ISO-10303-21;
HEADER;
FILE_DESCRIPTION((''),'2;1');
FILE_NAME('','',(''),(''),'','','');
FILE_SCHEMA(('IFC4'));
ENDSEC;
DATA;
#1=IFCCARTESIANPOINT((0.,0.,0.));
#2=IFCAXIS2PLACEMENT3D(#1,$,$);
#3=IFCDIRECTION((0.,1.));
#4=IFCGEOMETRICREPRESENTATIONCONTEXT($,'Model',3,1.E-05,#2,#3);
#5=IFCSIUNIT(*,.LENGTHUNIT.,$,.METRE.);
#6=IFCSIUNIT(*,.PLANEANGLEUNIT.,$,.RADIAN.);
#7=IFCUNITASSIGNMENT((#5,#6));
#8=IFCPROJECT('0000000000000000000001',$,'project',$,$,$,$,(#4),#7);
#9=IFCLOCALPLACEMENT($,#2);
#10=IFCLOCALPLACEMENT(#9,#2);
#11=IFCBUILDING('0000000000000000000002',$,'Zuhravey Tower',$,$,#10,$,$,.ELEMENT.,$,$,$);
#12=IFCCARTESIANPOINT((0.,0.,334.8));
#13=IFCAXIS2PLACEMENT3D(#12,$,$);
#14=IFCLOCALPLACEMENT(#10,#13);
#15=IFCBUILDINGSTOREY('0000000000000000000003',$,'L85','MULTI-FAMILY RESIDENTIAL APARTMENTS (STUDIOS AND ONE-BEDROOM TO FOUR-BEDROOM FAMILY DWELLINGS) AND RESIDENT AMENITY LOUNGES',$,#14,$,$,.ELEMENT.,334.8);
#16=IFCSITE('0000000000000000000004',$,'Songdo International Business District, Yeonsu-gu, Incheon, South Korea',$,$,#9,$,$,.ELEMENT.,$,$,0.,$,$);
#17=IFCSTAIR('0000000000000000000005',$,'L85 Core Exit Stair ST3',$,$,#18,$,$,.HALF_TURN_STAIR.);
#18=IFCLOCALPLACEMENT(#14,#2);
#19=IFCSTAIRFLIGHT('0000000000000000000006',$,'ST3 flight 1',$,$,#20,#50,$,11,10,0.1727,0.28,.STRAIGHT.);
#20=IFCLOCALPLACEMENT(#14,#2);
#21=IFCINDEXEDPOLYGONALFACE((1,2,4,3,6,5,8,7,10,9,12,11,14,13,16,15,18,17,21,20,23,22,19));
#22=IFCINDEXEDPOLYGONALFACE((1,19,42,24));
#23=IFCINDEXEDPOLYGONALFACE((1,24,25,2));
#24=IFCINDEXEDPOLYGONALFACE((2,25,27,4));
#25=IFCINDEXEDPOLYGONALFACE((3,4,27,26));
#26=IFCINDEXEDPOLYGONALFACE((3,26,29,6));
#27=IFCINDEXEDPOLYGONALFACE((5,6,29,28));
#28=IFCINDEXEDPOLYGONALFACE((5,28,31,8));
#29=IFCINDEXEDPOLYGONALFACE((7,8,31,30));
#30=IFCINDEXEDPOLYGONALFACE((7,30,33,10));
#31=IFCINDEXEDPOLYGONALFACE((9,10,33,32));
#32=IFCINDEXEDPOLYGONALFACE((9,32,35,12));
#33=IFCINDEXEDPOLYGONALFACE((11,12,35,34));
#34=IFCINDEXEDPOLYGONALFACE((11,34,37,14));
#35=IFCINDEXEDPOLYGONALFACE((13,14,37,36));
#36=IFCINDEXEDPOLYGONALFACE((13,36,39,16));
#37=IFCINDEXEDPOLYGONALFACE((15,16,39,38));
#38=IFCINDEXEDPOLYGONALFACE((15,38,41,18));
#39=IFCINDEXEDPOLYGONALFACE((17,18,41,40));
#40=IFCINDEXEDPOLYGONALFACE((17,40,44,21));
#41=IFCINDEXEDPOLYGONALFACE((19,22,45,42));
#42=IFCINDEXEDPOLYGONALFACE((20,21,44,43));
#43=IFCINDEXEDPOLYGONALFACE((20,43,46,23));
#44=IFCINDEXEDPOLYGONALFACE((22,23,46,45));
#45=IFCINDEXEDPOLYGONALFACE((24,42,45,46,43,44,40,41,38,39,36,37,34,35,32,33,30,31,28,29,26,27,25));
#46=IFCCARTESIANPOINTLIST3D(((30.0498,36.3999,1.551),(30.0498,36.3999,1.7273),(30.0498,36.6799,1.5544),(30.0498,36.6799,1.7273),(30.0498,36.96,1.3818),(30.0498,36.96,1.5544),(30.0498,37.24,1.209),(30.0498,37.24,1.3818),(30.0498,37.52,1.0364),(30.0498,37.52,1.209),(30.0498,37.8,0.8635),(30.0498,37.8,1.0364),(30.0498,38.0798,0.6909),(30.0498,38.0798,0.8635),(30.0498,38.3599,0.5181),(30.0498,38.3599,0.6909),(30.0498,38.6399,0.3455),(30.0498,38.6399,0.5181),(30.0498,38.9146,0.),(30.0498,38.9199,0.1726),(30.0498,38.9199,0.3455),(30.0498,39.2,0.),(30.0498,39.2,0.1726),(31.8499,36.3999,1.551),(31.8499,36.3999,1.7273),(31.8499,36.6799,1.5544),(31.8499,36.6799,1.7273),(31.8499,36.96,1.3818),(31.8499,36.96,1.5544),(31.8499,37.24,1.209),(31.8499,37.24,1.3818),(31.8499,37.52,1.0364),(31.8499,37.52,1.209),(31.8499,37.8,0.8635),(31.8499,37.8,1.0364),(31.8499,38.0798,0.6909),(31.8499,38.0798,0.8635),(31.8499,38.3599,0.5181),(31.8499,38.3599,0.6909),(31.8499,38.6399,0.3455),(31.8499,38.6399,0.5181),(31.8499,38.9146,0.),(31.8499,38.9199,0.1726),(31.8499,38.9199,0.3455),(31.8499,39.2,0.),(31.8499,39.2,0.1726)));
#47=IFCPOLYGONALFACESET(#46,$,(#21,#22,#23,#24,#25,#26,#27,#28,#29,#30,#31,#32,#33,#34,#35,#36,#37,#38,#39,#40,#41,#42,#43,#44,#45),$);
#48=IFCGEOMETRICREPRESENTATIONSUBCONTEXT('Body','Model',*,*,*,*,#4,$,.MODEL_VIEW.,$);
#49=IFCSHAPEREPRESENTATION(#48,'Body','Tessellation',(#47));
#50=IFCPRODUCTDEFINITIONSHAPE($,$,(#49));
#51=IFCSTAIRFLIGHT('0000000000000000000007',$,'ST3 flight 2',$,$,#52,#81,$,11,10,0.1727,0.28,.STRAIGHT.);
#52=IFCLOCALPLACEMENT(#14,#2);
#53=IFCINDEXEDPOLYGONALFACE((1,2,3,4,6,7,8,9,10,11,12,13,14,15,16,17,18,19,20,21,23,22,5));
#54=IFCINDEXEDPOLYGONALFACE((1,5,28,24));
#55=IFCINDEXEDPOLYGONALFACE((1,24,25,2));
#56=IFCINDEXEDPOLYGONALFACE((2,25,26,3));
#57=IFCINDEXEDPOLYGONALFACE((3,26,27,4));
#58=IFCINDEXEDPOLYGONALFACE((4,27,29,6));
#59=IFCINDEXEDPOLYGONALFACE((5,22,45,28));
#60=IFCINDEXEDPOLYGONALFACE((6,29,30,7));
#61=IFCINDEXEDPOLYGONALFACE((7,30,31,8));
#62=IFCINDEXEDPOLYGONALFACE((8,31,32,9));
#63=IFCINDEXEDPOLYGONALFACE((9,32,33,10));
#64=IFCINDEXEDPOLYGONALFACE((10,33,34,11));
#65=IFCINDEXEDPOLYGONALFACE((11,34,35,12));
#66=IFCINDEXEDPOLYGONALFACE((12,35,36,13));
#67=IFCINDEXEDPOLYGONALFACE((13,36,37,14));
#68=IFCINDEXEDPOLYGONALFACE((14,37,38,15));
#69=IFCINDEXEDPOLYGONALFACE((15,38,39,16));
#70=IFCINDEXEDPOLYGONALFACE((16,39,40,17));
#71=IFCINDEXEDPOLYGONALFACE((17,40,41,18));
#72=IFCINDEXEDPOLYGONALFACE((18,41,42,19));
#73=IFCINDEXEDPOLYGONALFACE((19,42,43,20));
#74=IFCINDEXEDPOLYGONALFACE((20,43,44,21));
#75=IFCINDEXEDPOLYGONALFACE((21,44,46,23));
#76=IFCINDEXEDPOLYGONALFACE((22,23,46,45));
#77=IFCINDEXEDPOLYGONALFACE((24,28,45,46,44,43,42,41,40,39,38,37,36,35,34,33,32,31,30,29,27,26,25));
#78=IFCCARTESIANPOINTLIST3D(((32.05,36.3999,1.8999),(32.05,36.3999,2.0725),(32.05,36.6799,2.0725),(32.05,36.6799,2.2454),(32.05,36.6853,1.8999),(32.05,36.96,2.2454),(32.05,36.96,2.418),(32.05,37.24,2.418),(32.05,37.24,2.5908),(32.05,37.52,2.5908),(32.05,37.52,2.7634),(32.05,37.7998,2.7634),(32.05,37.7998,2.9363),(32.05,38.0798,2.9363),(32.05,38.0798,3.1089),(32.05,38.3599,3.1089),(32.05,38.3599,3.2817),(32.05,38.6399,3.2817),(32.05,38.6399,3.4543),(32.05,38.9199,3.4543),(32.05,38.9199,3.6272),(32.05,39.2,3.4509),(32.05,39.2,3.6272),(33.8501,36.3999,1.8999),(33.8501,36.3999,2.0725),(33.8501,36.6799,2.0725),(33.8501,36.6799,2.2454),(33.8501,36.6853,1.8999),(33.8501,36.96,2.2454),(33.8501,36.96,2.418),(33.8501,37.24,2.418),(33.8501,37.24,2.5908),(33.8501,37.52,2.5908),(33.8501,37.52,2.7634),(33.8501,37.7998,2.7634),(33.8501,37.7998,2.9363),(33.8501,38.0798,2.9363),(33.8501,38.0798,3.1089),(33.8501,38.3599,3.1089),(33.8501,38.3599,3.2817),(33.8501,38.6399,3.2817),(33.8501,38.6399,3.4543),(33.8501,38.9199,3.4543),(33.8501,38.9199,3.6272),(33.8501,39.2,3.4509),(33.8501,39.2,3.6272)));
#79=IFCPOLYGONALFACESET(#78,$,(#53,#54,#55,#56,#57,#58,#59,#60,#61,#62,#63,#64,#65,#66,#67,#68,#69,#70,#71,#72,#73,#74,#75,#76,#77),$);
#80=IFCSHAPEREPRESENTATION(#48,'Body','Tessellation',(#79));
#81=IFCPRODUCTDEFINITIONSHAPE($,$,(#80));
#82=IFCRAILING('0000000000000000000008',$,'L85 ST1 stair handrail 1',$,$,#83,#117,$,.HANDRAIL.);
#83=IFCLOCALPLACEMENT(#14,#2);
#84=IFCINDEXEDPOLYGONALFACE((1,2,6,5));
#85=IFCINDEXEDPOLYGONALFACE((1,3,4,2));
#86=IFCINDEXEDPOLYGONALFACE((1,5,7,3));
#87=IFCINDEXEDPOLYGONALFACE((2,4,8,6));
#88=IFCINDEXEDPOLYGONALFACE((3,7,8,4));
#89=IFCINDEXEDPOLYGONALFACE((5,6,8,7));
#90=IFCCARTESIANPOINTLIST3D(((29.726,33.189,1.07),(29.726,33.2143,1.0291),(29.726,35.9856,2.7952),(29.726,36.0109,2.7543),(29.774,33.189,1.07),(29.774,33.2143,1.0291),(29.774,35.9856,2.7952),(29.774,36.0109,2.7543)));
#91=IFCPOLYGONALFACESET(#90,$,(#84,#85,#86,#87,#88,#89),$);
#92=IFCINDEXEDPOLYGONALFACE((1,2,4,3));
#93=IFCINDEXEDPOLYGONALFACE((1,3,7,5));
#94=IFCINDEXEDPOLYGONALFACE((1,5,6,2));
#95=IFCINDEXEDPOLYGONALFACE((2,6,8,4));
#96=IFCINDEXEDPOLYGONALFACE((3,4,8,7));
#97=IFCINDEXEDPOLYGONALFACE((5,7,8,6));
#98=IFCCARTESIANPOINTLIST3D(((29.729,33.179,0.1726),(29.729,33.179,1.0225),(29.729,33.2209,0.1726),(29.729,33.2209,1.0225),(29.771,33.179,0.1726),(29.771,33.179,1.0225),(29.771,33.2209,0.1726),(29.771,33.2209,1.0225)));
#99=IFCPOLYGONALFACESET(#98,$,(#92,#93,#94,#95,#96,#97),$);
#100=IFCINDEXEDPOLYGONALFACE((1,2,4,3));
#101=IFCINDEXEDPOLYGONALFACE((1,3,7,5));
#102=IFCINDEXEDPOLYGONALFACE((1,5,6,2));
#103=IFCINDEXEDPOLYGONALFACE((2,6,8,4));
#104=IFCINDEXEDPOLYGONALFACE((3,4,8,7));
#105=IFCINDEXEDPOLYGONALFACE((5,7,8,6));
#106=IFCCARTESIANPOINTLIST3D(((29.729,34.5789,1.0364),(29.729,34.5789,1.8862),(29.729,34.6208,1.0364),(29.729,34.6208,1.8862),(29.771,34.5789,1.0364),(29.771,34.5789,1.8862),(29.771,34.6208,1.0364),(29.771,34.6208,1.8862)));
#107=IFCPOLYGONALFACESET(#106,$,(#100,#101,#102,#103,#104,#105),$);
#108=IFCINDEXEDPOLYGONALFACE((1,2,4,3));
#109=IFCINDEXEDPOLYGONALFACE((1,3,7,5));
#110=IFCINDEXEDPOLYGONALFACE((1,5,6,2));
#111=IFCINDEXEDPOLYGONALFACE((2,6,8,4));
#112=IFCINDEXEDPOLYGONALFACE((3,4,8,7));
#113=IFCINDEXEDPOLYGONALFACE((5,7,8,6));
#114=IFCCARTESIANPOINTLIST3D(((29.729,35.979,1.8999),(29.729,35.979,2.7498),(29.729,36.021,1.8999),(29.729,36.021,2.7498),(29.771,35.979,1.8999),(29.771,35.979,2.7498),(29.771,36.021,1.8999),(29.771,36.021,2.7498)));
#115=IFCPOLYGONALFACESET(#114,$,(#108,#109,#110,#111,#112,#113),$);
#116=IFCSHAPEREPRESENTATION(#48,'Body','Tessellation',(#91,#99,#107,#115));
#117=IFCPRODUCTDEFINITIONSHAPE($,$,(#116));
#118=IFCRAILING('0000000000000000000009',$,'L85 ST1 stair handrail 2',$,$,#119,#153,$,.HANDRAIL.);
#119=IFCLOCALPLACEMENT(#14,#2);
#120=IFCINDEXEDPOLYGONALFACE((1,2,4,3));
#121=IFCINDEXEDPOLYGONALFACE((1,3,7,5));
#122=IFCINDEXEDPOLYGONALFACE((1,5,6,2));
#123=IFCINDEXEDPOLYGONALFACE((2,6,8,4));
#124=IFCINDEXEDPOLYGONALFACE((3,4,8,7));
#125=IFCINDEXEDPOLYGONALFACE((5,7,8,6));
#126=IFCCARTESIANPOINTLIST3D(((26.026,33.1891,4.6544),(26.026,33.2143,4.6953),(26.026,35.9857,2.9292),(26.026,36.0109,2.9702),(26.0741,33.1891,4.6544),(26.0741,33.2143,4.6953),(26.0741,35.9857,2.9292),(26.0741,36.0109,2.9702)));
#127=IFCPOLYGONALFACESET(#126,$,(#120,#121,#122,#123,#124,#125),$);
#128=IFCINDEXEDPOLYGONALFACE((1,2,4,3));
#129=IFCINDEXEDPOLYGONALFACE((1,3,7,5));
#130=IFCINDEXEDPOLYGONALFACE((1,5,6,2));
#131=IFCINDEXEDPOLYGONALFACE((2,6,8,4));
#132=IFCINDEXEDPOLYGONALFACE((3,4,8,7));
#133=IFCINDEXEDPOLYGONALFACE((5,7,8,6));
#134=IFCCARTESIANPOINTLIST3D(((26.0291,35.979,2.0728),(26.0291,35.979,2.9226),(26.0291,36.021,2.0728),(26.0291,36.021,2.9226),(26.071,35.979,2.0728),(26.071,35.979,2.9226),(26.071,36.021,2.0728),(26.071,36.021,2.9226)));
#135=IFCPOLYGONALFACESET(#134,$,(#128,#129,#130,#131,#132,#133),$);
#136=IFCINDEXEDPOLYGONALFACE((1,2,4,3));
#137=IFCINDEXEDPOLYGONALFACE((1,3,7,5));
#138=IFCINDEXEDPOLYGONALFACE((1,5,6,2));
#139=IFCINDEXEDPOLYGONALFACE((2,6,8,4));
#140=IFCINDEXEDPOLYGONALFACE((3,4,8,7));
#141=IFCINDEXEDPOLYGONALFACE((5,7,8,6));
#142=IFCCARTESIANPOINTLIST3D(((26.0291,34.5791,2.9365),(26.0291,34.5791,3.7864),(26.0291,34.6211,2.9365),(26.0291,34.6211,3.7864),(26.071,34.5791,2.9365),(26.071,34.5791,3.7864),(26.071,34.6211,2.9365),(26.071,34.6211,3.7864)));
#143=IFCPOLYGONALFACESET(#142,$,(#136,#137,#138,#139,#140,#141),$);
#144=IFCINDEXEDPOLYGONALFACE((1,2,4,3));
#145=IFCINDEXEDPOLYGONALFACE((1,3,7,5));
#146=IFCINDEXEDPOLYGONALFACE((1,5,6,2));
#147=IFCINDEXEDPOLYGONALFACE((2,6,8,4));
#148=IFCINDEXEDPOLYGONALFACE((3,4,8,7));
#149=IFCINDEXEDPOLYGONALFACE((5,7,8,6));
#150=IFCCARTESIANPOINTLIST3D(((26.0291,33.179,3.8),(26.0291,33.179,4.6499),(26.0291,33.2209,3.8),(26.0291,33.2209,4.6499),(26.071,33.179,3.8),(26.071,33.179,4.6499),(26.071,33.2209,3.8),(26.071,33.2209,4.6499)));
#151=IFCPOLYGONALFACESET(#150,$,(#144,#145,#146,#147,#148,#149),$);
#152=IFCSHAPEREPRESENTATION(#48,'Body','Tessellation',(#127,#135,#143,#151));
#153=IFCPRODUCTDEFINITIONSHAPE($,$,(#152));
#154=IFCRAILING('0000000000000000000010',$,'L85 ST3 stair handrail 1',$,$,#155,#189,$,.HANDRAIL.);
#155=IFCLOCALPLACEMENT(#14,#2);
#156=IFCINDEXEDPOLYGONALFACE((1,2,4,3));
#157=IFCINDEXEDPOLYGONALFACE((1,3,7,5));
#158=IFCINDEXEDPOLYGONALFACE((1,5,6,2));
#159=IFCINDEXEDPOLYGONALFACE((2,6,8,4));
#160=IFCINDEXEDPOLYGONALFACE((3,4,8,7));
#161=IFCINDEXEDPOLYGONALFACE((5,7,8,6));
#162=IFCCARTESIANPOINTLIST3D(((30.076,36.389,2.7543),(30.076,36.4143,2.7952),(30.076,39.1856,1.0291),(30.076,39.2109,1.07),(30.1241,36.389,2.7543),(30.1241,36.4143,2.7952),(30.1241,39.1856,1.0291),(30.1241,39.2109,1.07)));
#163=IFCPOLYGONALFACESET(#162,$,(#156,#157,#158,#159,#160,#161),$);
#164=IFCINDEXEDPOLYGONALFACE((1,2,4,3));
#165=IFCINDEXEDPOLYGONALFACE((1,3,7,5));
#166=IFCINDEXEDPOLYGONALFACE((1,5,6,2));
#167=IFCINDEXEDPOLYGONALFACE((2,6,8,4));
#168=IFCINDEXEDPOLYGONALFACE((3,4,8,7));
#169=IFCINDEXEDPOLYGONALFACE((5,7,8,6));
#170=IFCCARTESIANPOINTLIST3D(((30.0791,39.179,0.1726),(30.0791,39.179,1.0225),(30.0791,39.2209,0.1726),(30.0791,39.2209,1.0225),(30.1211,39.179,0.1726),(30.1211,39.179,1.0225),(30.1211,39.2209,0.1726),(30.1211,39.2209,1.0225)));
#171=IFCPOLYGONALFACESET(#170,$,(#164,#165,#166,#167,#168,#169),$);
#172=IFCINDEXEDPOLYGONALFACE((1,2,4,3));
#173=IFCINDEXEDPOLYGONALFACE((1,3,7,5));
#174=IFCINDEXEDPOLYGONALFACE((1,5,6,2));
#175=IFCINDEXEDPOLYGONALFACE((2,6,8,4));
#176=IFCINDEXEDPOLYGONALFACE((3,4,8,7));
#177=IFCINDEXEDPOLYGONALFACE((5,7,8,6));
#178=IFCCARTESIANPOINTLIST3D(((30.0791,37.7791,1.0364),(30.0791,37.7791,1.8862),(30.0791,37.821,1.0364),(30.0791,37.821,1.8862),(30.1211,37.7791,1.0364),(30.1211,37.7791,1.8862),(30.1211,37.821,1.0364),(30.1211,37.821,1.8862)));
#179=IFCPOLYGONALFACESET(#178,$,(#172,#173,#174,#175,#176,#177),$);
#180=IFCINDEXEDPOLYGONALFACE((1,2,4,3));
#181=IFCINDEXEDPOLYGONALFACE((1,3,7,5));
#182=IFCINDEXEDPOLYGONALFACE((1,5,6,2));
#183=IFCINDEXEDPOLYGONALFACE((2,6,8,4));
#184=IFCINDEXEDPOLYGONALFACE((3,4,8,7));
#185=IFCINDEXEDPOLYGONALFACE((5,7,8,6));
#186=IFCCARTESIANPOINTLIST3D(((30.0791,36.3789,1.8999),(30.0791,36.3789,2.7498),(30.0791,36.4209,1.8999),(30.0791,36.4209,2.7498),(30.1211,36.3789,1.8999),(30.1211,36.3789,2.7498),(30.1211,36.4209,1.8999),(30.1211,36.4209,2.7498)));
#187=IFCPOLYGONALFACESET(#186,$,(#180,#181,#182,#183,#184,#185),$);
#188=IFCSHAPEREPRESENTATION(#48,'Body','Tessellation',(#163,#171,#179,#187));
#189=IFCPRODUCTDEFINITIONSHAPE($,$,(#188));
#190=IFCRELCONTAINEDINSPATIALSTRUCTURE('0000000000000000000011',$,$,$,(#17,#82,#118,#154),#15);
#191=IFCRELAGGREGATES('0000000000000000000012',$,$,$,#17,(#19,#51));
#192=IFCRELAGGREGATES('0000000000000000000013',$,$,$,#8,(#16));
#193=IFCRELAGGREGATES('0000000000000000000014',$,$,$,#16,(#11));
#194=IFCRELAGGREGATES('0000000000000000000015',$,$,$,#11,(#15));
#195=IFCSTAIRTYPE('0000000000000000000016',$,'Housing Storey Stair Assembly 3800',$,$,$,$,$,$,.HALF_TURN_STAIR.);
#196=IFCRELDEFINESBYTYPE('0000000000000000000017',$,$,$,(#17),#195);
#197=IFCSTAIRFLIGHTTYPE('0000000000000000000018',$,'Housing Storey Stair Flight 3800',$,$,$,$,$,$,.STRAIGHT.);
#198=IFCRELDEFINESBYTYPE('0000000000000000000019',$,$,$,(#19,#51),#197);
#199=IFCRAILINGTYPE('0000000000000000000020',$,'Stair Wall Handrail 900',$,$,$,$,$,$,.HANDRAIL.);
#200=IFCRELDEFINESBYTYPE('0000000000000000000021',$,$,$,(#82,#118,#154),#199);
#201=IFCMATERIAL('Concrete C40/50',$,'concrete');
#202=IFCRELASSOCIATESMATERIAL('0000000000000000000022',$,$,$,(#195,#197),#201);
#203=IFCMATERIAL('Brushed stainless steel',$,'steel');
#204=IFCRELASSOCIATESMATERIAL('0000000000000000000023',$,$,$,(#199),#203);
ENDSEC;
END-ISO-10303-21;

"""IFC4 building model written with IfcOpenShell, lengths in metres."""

from ifc_helpers import new_model, si_unit, direction, frame, origin, origin_2d, place, context, subcontext, project, spatial, polyline, rectangle, outline, extrude, material, type_object, element, aggregate, save


model = new_model("IFC4")

# Units and contexts
model_context = context("Model", 3, precision=1e-05, world=origin(), true_north=direction((0.0, 1.0)))
body_context = subcontext(model_context, "Body", "Model", "MODEL_VIEW")
ifc_project = project(units=[si_unit("LENGTHUNIT", "METRE"), si_unit("PLANEANGLEUNIT", "RADIAN")], contexts=[model_context])

# Site, building, storey
site_placement = place(None, origin())
site = spatial("IfcSite", under=ifc_project, at=site_placement, Name="Songdo International Business District, Yeonsu-gu, Incheon, South Korea", CompositionType="ELEMENT", RefElevation=0.0)
building_placement = place(site_placement, origin())
building = spatial("IfcBuilding", under=site, at=building_placement, Name="Zuhravey Tower", CompositionType="ELEMENT")
storey_placement = place(building_placement, frame((0.0, 0.0, 334.8)))
storey = spatial("IfcBuildingStorey", under=building, at=storey_placement, Name="L85", Description="MULTI-FAMILY RESIDENTIAL APARTMENTS (STUDIOS AND ONE-BEDROOM TO FOUR-BEDROOM FAMILY DWELLINGS) AND RESIDENT AMENITY LOUNGES", CompositionType="ELEMENT", Elevation=334.8)

# Stair, stair flights
ifc_material_1 = material(Name="Concrete C40/50", Category="concrete")
stair_type = type_object("IfcStairType", Name="Housing Storey Stair Assembly 3800", PredefinedType="HALF_TURN_STAIR", material=ifc_material_1)
stair_flight_type = type_object("IfcStairFlightType", Name="Housing Storey Stair Flight 3800", PredefinedType="STRAIGHT", material=ifc_material_1)
stair_1_placement = place(storey_placement, origin())
stair_1 = element("IfcStair", 1, at=stair_1_placement, inside=storey, type_object=stair_type, Name="L85 Core Exit Stair ST3", PredefinedType="HALF_TURN_STAIR")
stair_flight_1_placement = place(storey_placement, frame((30.95, 39.2, 0.0), z_axis=(0.0, 0.0, 1.0), x_axis=(0.0, -1.0, 0.0)))
stair_flight_1 = element("IfcStairFlight", 2, at=stair_flight_1_placement, type_object=stair_flight_type, Name="ST3 flight 1", NumberOfRisers=11, NumberOfTreads=10, PredefinedType="STRAIGHT", RiserHeight=0.1727, TreadLength=0.28, context=body_context, shape_type="SweptSolid", body=[
    extrude(outline(polyline([(0.0, 0.0), (0.0, 0.1726), (0.28, 0.1726), (0.28, 0.3455), (0.5601, 0.3455), (0.5601, 0.5181), (0.8401, 0.5181), (0.8401, 0.6909), (1.1201, 0.6909), (1.1201, 0.8635), (1.3999, 0.8635), (1.3999, 1.0364), (1.6799, 1.0364), (1.6799, 1.209), (1.96, 1.209), (1.96, 1.3818), (2.24, 1.3818), (2.24, 1.5544), (2.52, 1.5544), (2.52, 1.7273), (2.8, 1.7273), (2.8, 1.8999), (2.8, 1.551), (0.2854, 0.0), (0.0, 0.0)])), frame((0.0, 0.8999, 0.0), z_axis=(0.0, -1.0, 0.0), x_axis=(1.0, 0.0, 0.0)), (0.0, 0.0, 1.0), 1.8),
])
stair_flight_2_placement = place(storey_placement, frame((32.95, 36.3999, 1.8999), z_axis=(0.0, 0.0, 1.0), x_axis=(0.0, 1.0, 0.0)))
stair_flight_2 = element("IfcStairFlight", 3, at=stair_flight_2_placement, type_object=stair_flight_type, Name="ST3 flight 2", NumberOfRisers=11, NumberOfTreads=10, PredefinedType="STRAIGHT", RiserHeight=0.1727, TreadLength=0.28, context=body_context, shape_type="SweptSolid", body=[
    extrude(outline(polyline([(0.0, 0.0), (0.0, 0.1726), (0.28, 0.1726), (0.28, 0.3455), (0.5601, 0.3455), (0.5601, 0.5181), (0.8401, 0.5181), (0.8401, 0.6909), (1.1201, 0.6909), (1.1201, 0.8635), (1.3999, 0.8635), (1.3999, 1.0364), (1.6799, 1.0364), (1.6799, 1.209), (1.96, 1.209), (1.96, 1.3818), (2.24, 1.3818), (2.24, 1.5544), (2.52, 1.5544), (2.52, 1.7273), (2.8, 1.7273), (2.8, 1.8999), (2.8, 1.551), (0.2854, 0.0), (0.0, 0.0)])), frame((0.0, 0.8999, 0.0), z_axis=(0.0, -1.0, 0.0), x_axis=(1.0, 0.0, 0.0)), (0.0, 0.0, 1.0), 1.8),
])
aggregate(stair_1, [stair_flight_1, stair_flight_2])

# Railings
ifc_material_2 = material(Name="Brushed stainless steel", Category="steel")
railing_type_1 = type_object("IfcRailingType", Name="Stair Wall Handrail 900", PredefinedType="HANDRAIL", material=ifc_material_2)
railing_1_placement = place(storey_placement, frame((29.75, 33.2, 0.1726)))
element("IfcRailing", 4, at=railing_1_placement, inside=storey, type_object=railing_type_1, Name="L85 ST1 stair handrail 1", PredefinedType="HANDRAIL", context=body_context, shape_type="SweptSolid", body=[
    extrude(rectangle(XDim=0.0481, YDim=0.0481, at=origin_2d()), frame((0.0, 0.0017, 0.877), z_axis=(0.0, 0.85109, 0.52502), x_axis=(-1.0, 0.0, 0.0)), (0.0, 0.0, 1.0), 3.2859),
    extrude(rectangle(XDim=0.042, YDim=0.042, at=origin_2d()), origin(), (0.0, 0.0, 1.0), 0.8499),
    extrude(rectangle(XDim=0.042, YDim=0.042, at=origin_2d()), frame((0.0, 1.3999, 0.8638)), (0.0, 0.0, 1.0), 0.8499),
    extrude(rectangle(XDim=0.042, YDim=0.042, at=origin_2d()), frame((0.0, 2.8, 1.7273)), (0.0, 0.0, 1.0), 0.8499),
])
for number, where, name in (
    (5, (26.05, 36.0, 2.0728), "L85 ST1 stair handrail 2"),
    (6, (30.1001, 39.2, 0.1726), "L85 ST3 stair handrail 1"),
):
    element("IfcRailing", number, at=place(storey_placement, frame(where)), inside=storey, type_object=railing_type_1, Name=name, PredefinedType="HANDRAIL", context=body_context, shape_type="SweptSolid", body=[
        extrude(rectangle(XDim=0.0481, YDim=0.0481, at=origin_2d()), frame((0.0, -0.0017, 0.877), z_axis=(0.0, -0.85109, 0.52502), x_axis=(1.0, 0.0, 0.0)), (0.0, 0.0, 1.0), 3.2859),
        extrude(rectangle(XDim=0.042, YDim=0.042, at=origin_2d()), origin(), (0.0, 0.0, 1.0), 0.8499),
        extrude(rectangle(XDim=0.042, YDim=0.042, at=origin_2d()), frame((0.0, -1.3999, 0.8638)), (0.0, 0.0, 1.0), 0.8499),
        extrude(rectangle(XDim=0.042, YDim=0.042, at=origin_2d()), frame((0.0, -2.8, 1.7273)), (0.0, 0.0, 1.0), 0.8499),
    ])

save(model, "model.ifc")
